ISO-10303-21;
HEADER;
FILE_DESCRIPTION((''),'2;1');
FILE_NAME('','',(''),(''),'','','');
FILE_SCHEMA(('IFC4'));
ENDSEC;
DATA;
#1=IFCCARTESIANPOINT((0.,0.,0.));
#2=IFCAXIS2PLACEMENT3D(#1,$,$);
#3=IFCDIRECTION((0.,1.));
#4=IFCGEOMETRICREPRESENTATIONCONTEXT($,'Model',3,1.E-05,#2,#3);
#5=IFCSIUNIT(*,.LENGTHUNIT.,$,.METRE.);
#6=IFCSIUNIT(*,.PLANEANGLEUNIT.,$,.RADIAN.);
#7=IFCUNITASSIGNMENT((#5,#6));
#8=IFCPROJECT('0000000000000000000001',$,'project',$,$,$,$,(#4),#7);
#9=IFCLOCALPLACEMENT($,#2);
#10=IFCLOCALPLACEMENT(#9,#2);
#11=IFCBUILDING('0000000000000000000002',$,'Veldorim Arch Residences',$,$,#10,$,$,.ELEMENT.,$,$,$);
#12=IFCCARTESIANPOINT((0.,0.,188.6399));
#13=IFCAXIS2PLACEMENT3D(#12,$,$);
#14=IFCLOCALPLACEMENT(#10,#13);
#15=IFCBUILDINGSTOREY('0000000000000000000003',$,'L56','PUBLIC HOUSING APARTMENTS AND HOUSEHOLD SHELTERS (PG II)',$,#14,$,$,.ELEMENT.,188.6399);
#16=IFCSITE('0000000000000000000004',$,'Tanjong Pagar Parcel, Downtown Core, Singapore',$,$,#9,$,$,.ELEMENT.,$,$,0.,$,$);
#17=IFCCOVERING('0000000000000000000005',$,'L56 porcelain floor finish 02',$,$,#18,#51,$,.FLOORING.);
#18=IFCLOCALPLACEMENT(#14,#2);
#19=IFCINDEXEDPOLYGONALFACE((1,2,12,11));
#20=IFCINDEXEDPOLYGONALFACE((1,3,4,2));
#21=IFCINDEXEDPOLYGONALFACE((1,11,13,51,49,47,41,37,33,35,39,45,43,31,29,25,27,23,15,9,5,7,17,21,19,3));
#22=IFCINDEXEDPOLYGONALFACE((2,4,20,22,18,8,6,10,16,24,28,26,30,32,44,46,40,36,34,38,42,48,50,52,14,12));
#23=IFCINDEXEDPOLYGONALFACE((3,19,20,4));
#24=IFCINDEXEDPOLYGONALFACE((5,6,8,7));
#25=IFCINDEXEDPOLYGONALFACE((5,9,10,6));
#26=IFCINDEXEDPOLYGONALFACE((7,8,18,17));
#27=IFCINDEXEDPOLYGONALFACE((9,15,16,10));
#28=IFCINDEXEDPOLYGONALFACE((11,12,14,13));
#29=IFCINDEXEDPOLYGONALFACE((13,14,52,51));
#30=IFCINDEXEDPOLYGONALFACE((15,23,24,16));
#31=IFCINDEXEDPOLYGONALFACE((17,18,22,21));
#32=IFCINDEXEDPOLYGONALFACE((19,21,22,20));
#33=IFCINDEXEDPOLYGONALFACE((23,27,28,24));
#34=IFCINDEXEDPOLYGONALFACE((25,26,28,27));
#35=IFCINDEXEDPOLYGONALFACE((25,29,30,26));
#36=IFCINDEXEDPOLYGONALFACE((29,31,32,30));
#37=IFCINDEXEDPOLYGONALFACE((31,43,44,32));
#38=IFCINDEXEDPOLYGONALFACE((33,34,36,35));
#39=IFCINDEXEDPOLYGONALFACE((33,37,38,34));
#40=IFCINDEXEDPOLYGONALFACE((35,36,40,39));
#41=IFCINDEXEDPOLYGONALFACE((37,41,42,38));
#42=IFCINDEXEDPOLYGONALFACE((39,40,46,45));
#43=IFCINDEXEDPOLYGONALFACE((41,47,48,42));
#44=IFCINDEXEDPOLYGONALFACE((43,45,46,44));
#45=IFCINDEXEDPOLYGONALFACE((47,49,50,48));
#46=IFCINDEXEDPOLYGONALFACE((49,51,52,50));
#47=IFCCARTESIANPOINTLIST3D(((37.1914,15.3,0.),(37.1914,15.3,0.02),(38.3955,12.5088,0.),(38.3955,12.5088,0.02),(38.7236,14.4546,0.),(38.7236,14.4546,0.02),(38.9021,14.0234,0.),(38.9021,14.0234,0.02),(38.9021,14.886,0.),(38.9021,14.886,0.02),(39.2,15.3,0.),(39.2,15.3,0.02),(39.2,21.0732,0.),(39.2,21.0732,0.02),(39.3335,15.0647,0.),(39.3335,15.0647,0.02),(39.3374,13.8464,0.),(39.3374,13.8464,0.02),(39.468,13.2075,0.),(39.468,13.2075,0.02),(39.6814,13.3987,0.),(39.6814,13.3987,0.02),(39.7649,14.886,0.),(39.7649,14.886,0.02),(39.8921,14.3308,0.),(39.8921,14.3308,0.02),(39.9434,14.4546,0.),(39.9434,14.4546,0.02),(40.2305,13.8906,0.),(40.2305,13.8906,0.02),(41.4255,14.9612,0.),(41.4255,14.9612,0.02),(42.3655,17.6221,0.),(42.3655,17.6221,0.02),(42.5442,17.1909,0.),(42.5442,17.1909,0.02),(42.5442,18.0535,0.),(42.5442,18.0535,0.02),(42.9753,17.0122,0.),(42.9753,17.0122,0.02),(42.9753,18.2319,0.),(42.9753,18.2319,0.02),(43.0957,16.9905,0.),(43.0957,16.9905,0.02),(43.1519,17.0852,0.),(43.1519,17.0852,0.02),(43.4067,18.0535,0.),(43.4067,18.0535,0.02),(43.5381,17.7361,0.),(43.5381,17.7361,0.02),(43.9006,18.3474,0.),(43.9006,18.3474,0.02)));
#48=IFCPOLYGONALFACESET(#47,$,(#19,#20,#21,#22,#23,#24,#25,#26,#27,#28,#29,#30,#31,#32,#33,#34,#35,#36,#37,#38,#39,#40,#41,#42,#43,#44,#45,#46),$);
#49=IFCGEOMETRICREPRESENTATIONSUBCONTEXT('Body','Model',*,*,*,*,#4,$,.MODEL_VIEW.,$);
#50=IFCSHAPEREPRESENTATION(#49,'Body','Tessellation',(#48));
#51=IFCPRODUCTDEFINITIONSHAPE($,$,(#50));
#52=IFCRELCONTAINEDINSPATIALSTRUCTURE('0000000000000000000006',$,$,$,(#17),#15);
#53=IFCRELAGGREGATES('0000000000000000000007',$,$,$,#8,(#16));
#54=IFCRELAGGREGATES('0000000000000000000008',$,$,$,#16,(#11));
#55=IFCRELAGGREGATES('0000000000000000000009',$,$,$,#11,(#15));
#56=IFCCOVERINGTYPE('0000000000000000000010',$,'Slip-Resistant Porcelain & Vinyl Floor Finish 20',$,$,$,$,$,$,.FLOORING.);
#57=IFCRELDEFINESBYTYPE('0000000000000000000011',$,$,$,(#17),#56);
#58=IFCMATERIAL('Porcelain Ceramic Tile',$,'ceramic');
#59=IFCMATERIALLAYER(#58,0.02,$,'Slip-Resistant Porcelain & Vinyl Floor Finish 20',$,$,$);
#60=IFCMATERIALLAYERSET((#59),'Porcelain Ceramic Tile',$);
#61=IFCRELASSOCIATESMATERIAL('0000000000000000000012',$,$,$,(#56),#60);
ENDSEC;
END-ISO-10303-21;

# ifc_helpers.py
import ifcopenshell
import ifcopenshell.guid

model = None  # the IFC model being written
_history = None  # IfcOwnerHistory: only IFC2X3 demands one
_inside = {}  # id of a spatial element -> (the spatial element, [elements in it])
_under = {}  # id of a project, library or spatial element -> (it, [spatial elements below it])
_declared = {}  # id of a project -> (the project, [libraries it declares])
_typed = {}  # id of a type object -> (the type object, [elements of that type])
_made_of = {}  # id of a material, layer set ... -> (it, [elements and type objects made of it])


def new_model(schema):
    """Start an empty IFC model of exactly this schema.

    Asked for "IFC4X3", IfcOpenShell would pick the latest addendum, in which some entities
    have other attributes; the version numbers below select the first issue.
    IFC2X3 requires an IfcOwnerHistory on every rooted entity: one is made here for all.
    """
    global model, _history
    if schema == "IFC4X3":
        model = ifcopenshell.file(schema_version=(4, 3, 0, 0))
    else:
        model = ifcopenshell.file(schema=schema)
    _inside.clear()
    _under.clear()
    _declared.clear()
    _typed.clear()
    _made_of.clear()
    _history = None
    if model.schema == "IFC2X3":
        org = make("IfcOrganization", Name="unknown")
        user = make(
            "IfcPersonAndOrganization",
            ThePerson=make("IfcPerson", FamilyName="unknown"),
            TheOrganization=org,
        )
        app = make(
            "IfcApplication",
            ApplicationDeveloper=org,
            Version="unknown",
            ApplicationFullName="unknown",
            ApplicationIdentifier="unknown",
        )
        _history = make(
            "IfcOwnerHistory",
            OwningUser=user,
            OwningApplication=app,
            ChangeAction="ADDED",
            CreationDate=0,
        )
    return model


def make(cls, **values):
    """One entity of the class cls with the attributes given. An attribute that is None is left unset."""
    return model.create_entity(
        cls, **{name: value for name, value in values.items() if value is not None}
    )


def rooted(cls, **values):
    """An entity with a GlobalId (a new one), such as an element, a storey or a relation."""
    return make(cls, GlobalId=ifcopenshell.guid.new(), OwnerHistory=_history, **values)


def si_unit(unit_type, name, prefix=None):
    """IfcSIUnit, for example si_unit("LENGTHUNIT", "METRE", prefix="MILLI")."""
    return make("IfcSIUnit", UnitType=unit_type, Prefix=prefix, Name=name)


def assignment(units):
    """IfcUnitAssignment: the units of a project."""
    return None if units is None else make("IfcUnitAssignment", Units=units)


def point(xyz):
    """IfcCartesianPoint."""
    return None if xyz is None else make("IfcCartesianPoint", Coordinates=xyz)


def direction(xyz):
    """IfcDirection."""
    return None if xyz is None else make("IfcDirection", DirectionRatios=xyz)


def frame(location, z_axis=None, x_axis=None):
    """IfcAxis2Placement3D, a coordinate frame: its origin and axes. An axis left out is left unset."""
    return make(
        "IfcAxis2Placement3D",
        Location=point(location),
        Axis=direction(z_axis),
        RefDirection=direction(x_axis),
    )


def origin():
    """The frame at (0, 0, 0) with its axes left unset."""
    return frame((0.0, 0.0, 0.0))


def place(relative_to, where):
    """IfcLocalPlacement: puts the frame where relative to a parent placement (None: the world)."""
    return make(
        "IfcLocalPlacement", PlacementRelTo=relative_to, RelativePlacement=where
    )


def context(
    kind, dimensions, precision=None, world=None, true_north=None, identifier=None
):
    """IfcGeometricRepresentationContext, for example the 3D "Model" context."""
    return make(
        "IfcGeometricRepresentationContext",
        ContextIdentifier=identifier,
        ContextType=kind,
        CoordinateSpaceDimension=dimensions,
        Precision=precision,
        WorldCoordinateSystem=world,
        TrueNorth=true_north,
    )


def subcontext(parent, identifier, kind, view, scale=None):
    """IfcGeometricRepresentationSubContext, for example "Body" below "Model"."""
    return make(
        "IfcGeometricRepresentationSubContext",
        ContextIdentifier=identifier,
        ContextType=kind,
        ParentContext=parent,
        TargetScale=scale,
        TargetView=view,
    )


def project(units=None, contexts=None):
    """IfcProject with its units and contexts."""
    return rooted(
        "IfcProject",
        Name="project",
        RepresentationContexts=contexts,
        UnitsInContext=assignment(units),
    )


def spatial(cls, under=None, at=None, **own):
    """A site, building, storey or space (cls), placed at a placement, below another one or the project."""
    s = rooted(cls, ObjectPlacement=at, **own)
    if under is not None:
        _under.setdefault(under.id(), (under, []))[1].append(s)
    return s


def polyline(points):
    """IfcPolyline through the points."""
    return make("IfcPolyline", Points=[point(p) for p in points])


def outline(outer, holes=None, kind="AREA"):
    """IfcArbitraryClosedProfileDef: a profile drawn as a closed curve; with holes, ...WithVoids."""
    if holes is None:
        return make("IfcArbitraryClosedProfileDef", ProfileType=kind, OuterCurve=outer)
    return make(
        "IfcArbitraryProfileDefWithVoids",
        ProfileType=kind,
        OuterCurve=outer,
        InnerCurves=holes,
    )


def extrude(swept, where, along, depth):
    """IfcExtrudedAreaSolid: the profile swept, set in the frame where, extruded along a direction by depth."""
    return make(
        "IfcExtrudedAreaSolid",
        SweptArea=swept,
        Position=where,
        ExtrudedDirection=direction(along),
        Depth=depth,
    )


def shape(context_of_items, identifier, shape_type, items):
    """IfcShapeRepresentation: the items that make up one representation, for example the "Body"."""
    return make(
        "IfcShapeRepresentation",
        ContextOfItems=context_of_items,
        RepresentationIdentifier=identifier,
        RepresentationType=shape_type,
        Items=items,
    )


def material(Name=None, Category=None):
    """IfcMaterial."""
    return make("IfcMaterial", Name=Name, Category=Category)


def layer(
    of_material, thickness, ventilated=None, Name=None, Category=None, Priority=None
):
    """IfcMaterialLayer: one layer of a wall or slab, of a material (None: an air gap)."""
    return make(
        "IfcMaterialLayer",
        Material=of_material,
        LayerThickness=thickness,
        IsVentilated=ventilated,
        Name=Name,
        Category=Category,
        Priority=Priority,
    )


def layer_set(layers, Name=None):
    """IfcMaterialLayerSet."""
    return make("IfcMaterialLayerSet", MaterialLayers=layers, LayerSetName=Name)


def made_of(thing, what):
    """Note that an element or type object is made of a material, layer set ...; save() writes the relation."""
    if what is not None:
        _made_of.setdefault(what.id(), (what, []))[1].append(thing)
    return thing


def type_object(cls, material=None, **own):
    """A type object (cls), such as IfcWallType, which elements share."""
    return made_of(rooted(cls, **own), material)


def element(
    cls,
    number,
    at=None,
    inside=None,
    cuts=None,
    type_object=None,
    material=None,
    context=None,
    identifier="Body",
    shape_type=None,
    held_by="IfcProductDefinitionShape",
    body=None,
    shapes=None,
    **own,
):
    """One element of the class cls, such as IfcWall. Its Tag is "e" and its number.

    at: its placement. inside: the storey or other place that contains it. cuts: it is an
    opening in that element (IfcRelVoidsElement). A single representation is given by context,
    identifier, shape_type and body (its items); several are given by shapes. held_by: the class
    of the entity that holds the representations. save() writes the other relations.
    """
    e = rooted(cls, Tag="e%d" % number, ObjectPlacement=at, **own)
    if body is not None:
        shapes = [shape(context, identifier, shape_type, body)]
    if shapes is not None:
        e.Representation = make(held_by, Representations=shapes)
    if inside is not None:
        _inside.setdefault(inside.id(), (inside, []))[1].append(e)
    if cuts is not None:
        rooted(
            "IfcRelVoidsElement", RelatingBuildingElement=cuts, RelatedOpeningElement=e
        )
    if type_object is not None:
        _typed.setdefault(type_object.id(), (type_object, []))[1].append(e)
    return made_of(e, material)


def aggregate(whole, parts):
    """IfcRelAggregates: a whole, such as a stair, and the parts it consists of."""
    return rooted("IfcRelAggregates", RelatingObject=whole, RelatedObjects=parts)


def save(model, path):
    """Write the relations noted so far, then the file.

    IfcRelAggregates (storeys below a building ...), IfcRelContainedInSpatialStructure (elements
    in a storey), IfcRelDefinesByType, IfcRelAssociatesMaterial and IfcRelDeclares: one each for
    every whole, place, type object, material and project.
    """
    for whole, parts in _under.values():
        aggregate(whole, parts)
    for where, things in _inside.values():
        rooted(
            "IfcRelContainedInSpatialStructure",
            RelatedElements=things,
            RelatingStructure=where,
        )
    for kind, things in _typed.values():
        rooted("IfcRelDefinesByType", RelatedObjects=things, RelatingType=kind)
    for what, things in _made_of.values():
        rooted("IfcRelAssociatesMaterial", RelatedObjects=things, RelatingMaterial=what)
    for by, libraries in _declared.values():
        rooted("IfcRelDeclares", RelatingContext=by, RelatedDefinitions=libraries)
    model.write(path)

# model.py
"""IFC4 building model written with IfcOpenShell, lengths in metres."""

from ifc_helpers import new_model, si_unit, direction, frame, origin, place, context, subcontext, project, spatial, polyline, outline, extrude, material, layer, layer_set, type_object, element, save


model = new_model("IFC4")

# Units and contexts
model_context = context("Model", 3, precision=1e-05, world=origin(), true_north=direction((0.0, 1.0)))
body_context = subcontext(model_context, "Body", "Model", "MODEL_VIEW")
ifc_project = project(units=[si_unit("LENGTHUNIT", "METRE"), si_unit("PLANEANGLEUNIT", "RADIAN")], contexts=[model_context])

# Site, building, storey
site_placement = place(None, origin())
site = spatial("IfcSite", under=ifc_project, at=site_placement, Name="Tanjong Pagar Parcel, Downtown Core, Singapore", CompositionType="ELEMENT", RefElevation=0.0)
building_placement = place(site_placement, origin())
building = spatial("IfcBuilding", under=site, at=building_placement, Name="Veldorim Arch Residences", CompositionType="ELEMENT")
storey_placement = place(building_placement, frame((0.0, 0.0, 188.6399)))
storey = spatial("IfcBuildingStorey", under=building, at=storey_placement, Name="L56", Description="PUBLIC HOUSING APARTMENTS AND HOUSEHOLD SHELTERS (PG II)", CompositionType="ELEMENT", Elevation=188.6399)

# Covering
ifc_material_1 = material(Name="Porcelain Ceramic Tile", Category="ceramic")
ifc_layer_1 = layer(ifc_material_1, 0.02, Name="Slip-Resistant Porcelain & Vinyl Floor Finish 20")
ifc_layer_set_1 = layer_set([ifc_layer_1], Name="Porcelain Ceramic Tile")
covering_type_1 = type_object("IfcCoveringType", Name="Slip-Resistant Porcelain & Vinyl Floor Finish 20", PredefinedType="FLOORING", material=ifc_layer_set_1)
covering_1_placement = place(storey_placement, origin())
element("IfcCovering", 1, at=covering_1_placement, inside=storey, type_object=covering_type_1, Name="L56 porcelain floor finish 02", PredefinedType="FLOORING", context=body_context, shape_type="SweptSolid", body=[
    extrude(outline(polyline([(39.6814, 13.3987), (39.468, 13.2075), (38.3955, 12.5088), (37.1914, 15.3), (39.2, 15.3), (39.2, 21.0732), (43.9006, 18.3474), (43.5381, 17.7361), (43.4067, 18.0535), (42.9753, 18.2319), (42.5442, 18.0535), (42.3655, 17.6221), (42.5442, 17.1909), (42.9753, 17.0122), (43.1519, 17.0852), (43.0957, 16.9905), (41.4255, 14.9612), (40.2305, 13.8906), (39.8921, 14.3308), (39.9434, 14.4546), (39.7649, 14.886), (39.3335, 15.0647), (38.9021, 14.886), (38.7236, 14.4546), (38.9021, 14.0234), (39.3374, 13.8464), (39.6814, 13.3987)])), origin(), (0.0, 0.0, 1.0), 0.02),
])

save(model, "model.ifc")
